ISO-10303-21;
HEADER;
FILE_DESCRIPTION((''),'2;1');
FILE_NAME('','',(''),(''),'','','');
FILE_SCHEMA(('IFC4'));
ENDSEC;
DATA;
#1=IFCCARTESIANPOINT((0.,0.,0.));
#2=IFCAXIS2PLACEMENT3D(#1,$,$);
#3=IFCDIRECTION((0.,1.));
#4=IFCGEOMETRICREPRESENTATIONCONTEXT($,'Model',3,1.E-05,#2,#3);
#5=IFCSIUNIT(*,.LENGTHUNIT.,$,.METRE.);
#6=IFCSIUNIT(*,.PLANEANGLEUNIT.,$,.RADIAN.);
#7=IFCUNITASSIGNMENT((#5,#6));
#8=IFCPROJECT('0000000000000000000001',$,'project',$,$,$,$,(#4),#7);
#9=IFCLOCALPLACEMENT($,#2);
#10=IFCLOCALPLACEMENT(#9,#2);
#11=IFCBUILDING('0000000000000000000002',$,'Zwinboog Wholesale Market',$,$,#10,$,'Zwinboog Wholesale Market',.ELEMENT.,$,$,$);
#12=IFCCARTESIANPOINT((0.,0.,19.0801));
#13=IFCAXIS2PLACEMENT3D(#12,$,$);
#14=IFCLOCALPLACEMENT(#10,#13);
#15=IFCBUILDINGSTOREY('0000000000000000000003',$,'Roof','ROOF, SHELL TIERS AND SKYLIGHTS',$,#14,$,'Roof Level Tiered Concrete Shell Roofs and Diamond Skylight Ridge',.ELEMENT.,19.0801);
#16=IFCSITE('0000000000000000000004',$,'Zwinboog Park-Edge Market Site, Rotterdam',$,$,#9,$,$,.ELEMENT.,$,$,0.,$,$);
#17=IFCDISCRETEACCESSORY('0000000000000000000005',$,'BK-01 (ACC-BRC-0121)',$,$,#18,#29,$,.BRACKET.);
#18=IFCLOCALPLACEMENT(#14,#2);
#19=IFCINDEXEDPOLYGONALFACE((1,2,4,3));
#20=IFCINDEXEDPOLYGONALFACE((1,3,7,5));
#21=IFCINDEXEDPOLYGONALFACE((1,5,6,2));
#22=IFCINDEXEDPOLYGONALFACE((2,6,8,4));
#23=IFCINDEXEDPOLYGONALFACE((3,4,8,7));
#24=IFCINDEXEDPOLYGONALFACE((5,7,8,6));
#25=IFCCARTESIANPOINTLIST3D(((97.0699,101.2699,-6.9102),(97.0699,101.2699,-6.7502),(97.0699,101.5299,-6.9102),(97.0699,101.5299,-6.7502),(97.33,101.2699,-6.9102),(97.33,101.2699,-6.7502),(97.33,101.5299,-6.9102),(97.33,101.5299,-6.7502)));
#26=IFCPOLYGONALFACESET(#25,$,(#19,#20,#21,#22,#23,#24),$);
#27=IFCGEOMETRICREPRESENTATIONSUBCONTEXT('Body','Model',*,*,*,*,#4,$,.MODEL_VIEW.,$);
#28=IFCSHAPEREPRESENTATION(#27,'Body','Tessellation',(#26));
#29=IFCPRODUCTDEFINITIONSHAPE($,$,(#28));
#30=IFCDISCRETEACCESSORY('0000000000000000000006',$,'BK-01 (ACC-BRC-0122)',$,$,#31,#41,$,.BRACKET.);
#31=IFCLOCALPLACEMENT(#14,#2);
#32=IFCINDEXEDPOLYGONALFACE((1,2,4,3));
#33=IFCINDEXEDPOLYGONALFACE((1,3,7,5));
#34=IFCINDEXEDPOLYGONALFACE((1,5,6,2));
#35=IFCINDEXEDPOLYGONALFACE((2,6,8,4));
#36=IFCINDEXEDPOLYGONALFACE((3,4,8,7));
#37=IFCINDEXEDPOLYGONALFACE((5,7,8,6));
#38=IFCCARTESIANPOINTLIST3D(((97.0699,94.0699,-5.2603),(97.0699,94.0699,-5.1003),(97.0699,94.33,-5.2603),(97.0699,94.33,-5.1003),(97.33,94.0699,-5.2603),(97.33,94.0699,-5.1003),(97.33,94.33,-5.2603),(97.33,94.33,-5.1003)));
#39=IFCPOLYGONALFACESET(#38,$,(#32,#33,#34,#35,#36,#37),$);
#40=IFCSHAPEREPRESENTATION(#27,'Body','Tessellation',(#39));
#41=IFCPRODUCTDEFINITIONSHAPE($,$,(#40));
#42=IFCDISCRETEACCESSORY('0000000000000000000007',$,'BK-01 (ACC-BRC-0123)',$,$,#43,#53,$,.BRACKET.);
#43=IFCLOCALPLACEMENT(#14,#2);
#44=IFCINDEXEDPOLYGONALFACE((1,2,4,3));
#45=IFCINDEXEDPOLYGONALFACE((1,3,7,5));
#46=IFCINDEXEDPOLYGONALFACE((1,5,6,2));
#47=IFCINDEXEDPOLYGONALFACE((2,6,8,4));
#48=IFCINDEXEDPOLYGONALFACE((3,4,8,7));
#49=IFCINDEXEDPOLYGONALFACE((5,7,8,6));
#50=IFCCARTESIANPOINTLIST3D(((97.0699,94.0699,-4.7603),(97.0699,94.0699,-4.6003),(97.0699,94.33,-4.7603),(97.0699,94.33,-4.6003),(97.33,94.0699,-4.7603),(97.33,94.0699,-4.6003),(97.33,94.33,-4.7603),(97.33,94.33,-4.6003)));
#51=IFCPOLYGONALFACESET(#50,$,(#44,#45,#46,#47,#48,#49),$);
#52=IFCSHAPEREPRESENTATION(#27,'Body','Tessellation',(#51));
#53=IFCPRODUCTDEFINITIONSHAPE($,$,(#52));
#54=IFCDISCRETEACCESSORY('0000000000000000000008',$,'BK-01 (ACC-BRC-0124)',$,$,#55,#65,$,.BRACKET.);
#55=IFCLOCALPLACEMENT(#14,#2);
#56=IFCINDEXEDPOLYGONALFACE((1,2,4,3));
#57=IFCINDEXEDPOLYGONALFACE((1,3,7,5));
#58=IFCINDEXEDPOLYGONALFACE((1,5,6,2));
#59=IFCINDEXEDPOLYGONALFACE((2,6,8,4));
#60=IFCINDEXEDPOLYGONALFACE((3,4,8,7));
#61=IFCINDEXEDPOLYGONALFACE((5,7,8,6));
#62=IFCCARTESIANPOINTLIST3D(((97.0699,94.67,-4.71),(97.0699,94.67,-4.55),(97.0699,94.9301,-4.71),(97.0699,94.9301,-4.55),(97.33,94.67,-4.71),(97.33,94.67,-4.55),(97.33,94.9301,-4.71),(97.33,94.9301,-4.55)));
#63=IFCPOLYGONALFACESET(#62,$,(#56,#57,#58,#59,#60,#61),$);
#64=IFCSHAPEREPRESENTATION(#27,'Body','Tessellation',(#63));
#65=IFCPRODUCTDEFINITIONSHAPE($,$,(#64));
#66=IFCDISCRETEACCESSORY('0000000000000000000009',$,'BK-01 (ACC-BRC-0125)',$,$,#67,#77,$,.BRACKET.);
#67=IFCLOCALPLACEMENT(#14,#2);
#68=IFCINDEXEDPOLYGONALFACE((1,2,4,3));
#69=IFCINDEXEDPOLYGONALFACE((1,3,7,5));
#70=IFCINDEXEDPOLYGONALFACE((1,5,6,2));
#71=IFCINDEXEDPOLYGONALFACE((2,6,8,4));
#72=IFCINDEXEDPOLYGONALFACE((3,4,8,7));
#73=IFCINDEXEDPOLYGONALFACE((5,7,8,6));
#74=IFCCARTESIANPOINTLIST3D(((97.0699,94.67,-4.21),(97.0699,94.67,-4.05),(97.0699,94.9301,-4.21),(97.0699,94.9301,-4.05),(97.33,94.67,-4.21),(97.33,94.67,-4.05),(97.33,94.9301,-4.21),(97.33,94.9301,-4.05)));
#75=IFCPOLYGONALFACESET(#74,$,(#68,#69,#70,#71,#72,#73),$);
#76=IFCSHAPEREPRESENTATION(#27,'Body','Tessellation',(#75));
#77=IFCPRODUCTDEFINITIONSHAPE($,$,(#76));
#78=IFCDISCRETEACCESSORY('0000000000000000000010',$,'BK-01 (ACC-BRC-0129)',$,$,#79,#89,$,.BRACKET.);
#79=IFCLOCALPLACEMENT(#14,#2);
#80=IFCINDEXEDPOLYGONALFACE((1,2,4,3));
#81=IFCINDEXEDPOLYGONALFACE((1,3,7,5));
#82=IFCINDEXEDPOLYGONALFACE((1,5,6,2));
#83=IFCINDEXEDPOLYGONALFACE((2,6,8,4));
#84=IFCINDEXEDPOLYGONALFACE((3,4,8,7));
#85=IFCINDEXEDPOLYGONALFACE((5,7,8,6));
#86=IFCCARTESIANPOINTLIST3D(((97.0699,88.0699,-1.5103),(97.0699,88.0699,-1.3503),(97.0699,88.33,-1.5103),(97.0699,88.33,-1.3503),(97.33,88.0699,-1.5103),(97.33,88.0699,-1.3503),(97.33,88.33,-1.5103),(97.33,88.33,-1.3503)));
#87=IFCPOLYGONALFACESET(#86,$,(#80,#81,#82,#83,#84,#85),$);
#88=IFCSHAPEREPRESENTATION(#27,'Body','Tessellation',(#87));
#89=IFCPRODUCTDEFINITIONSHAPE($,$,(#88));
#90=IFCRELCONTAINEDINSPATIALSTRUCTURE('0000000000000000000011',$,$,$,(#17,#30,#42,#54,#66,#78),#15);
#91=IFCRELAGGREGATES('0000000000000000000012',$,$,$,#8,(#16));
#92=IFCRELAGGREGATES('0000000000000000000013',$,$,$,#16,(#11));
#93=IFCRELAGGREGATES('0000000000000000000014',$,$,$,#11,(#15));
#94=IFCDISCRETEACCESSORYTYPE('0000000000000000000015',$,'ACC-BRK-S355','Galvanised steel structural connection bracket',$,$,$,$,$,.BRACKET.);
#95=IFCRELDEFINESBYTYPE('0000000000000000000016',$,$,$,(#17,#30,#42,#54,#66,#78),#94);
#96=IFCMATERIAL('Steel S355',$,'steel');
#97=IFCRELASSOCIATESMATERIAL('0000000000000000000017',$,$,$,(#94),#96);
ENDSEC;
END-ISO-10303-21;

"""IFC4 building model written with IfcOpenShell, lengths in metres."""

from ifc_helpers import new_model, si_unit, direction, frame, origin, origin_2d, place, context, subcontext, project, spatial, rectangle, extrude, material, type_object, element, save


model = new_model("IFC4")

# Units and contexts
model_context = context("Model", 3, precision=1e-05, world=origin(), true_north=direction((0.0, 1.0)))
body_context = subcontext(model_context, "Body", "Model", "MODEL_VIEW")
ifc_project = project(units=[si_unit("LENGTHUNIT", "METRE"), si_unit("PLANEANGLEUNIT", "RADIAN")], contexts=[model_context])

# Site, building, storey
site_placement = place(None, origin())
site = spatial("IfcSite", under=ifc_project, at=site_placement, Name="Zwinboog Park-Edge Market Site, Rotterdam", CompositionType="ELEMENT", RefElevation=0.0)
building_placement = place(site_placement, origin())
building = spatial("IfcBuilding", under=site, at=building_placement, Name="Zwinboog Wholesale Market", LongName="Zwinboog Wholesale Market", CompositionType="ELEMENT")
storey_placement = place(building_placement, frame((0.0, 0.0, 19.0801)))
storey = spatial("IfcBuildingStorey", under=building, at=storey_placement, Name="Roof", Description="ROOF, SHELL TIERS AND SKYLIGHTS", LongName="Roof Level Tiered Concrete Shell Roofs and Diamond Skylight Ridge", CompositionType="ELEMENT", Elevation=19.0801)

# Shared definitions
ifc_material_1 = material(Name="Steel S355", Category="steel")

# Discrete accessories
discrete_accessory_type = type_object("IfcDiscreteAccessoryType", Name="ACC-BRK-S355", Description="Galvanised steel structural connection bracket", PredefinedType="BRACKET", material=ifc_material_1)
for number, where, z_axis, x_axis, name in (
    (1, (97.2, 101.3999, -6.9102), (0.0, 0.0, 1.0), (1.0, 0.0, 0.0), "BK-01 (ACC-BRC-0121)"),
    (2, (97.2, 94.2, -5.2603), (0.0, 0.0, 1.0), (1.0, 0.0, 0.0), "BK-01 (ACC-BRC-0122)"),
    (3, (97.2, 94.2, -4.7603), (0.0, 0.0, 1.0), (1.0, 0.0, 0.0), "BK-01 (ACC-BRC-0123)"),
    (4, (97.2, 94.8, -4.71), (0.0, 0.0, 1.0), (1.0, 0.0, 0.0), "BK-01 (ACC-BRC-0124)"),
    (5, (97.2, 94.8, -4.21), (0.0, 0.0, 1.0), (1.0, 0.0, 0.0), "BK-01 (ACC-BRC-0125)"),
    (6, (97.2, 88.2, -1.5103), (0.0, 0.0, 1.0), (1.0, 0.0, 0.0), "BK-01 (ACC-BRC-0129)"),
):
    element("IfcDiscreteAccessory", number, at=place(storey_placement, frame(where, z_axis=z_axis, x_axis=x_axis)), inside=storey, type_object=discrete_accessory_type, Name=name, PredefinedType="BRACKET", context=body_context, shape_type="SweptSolid", body=[
        extrude(rectangle(XDim=0.26, YDim=0.26, at=origin_2d()), origin(), (0.0, 0.0, 1.0), 0.1599),
    ])

save(model, "model.ifc")
